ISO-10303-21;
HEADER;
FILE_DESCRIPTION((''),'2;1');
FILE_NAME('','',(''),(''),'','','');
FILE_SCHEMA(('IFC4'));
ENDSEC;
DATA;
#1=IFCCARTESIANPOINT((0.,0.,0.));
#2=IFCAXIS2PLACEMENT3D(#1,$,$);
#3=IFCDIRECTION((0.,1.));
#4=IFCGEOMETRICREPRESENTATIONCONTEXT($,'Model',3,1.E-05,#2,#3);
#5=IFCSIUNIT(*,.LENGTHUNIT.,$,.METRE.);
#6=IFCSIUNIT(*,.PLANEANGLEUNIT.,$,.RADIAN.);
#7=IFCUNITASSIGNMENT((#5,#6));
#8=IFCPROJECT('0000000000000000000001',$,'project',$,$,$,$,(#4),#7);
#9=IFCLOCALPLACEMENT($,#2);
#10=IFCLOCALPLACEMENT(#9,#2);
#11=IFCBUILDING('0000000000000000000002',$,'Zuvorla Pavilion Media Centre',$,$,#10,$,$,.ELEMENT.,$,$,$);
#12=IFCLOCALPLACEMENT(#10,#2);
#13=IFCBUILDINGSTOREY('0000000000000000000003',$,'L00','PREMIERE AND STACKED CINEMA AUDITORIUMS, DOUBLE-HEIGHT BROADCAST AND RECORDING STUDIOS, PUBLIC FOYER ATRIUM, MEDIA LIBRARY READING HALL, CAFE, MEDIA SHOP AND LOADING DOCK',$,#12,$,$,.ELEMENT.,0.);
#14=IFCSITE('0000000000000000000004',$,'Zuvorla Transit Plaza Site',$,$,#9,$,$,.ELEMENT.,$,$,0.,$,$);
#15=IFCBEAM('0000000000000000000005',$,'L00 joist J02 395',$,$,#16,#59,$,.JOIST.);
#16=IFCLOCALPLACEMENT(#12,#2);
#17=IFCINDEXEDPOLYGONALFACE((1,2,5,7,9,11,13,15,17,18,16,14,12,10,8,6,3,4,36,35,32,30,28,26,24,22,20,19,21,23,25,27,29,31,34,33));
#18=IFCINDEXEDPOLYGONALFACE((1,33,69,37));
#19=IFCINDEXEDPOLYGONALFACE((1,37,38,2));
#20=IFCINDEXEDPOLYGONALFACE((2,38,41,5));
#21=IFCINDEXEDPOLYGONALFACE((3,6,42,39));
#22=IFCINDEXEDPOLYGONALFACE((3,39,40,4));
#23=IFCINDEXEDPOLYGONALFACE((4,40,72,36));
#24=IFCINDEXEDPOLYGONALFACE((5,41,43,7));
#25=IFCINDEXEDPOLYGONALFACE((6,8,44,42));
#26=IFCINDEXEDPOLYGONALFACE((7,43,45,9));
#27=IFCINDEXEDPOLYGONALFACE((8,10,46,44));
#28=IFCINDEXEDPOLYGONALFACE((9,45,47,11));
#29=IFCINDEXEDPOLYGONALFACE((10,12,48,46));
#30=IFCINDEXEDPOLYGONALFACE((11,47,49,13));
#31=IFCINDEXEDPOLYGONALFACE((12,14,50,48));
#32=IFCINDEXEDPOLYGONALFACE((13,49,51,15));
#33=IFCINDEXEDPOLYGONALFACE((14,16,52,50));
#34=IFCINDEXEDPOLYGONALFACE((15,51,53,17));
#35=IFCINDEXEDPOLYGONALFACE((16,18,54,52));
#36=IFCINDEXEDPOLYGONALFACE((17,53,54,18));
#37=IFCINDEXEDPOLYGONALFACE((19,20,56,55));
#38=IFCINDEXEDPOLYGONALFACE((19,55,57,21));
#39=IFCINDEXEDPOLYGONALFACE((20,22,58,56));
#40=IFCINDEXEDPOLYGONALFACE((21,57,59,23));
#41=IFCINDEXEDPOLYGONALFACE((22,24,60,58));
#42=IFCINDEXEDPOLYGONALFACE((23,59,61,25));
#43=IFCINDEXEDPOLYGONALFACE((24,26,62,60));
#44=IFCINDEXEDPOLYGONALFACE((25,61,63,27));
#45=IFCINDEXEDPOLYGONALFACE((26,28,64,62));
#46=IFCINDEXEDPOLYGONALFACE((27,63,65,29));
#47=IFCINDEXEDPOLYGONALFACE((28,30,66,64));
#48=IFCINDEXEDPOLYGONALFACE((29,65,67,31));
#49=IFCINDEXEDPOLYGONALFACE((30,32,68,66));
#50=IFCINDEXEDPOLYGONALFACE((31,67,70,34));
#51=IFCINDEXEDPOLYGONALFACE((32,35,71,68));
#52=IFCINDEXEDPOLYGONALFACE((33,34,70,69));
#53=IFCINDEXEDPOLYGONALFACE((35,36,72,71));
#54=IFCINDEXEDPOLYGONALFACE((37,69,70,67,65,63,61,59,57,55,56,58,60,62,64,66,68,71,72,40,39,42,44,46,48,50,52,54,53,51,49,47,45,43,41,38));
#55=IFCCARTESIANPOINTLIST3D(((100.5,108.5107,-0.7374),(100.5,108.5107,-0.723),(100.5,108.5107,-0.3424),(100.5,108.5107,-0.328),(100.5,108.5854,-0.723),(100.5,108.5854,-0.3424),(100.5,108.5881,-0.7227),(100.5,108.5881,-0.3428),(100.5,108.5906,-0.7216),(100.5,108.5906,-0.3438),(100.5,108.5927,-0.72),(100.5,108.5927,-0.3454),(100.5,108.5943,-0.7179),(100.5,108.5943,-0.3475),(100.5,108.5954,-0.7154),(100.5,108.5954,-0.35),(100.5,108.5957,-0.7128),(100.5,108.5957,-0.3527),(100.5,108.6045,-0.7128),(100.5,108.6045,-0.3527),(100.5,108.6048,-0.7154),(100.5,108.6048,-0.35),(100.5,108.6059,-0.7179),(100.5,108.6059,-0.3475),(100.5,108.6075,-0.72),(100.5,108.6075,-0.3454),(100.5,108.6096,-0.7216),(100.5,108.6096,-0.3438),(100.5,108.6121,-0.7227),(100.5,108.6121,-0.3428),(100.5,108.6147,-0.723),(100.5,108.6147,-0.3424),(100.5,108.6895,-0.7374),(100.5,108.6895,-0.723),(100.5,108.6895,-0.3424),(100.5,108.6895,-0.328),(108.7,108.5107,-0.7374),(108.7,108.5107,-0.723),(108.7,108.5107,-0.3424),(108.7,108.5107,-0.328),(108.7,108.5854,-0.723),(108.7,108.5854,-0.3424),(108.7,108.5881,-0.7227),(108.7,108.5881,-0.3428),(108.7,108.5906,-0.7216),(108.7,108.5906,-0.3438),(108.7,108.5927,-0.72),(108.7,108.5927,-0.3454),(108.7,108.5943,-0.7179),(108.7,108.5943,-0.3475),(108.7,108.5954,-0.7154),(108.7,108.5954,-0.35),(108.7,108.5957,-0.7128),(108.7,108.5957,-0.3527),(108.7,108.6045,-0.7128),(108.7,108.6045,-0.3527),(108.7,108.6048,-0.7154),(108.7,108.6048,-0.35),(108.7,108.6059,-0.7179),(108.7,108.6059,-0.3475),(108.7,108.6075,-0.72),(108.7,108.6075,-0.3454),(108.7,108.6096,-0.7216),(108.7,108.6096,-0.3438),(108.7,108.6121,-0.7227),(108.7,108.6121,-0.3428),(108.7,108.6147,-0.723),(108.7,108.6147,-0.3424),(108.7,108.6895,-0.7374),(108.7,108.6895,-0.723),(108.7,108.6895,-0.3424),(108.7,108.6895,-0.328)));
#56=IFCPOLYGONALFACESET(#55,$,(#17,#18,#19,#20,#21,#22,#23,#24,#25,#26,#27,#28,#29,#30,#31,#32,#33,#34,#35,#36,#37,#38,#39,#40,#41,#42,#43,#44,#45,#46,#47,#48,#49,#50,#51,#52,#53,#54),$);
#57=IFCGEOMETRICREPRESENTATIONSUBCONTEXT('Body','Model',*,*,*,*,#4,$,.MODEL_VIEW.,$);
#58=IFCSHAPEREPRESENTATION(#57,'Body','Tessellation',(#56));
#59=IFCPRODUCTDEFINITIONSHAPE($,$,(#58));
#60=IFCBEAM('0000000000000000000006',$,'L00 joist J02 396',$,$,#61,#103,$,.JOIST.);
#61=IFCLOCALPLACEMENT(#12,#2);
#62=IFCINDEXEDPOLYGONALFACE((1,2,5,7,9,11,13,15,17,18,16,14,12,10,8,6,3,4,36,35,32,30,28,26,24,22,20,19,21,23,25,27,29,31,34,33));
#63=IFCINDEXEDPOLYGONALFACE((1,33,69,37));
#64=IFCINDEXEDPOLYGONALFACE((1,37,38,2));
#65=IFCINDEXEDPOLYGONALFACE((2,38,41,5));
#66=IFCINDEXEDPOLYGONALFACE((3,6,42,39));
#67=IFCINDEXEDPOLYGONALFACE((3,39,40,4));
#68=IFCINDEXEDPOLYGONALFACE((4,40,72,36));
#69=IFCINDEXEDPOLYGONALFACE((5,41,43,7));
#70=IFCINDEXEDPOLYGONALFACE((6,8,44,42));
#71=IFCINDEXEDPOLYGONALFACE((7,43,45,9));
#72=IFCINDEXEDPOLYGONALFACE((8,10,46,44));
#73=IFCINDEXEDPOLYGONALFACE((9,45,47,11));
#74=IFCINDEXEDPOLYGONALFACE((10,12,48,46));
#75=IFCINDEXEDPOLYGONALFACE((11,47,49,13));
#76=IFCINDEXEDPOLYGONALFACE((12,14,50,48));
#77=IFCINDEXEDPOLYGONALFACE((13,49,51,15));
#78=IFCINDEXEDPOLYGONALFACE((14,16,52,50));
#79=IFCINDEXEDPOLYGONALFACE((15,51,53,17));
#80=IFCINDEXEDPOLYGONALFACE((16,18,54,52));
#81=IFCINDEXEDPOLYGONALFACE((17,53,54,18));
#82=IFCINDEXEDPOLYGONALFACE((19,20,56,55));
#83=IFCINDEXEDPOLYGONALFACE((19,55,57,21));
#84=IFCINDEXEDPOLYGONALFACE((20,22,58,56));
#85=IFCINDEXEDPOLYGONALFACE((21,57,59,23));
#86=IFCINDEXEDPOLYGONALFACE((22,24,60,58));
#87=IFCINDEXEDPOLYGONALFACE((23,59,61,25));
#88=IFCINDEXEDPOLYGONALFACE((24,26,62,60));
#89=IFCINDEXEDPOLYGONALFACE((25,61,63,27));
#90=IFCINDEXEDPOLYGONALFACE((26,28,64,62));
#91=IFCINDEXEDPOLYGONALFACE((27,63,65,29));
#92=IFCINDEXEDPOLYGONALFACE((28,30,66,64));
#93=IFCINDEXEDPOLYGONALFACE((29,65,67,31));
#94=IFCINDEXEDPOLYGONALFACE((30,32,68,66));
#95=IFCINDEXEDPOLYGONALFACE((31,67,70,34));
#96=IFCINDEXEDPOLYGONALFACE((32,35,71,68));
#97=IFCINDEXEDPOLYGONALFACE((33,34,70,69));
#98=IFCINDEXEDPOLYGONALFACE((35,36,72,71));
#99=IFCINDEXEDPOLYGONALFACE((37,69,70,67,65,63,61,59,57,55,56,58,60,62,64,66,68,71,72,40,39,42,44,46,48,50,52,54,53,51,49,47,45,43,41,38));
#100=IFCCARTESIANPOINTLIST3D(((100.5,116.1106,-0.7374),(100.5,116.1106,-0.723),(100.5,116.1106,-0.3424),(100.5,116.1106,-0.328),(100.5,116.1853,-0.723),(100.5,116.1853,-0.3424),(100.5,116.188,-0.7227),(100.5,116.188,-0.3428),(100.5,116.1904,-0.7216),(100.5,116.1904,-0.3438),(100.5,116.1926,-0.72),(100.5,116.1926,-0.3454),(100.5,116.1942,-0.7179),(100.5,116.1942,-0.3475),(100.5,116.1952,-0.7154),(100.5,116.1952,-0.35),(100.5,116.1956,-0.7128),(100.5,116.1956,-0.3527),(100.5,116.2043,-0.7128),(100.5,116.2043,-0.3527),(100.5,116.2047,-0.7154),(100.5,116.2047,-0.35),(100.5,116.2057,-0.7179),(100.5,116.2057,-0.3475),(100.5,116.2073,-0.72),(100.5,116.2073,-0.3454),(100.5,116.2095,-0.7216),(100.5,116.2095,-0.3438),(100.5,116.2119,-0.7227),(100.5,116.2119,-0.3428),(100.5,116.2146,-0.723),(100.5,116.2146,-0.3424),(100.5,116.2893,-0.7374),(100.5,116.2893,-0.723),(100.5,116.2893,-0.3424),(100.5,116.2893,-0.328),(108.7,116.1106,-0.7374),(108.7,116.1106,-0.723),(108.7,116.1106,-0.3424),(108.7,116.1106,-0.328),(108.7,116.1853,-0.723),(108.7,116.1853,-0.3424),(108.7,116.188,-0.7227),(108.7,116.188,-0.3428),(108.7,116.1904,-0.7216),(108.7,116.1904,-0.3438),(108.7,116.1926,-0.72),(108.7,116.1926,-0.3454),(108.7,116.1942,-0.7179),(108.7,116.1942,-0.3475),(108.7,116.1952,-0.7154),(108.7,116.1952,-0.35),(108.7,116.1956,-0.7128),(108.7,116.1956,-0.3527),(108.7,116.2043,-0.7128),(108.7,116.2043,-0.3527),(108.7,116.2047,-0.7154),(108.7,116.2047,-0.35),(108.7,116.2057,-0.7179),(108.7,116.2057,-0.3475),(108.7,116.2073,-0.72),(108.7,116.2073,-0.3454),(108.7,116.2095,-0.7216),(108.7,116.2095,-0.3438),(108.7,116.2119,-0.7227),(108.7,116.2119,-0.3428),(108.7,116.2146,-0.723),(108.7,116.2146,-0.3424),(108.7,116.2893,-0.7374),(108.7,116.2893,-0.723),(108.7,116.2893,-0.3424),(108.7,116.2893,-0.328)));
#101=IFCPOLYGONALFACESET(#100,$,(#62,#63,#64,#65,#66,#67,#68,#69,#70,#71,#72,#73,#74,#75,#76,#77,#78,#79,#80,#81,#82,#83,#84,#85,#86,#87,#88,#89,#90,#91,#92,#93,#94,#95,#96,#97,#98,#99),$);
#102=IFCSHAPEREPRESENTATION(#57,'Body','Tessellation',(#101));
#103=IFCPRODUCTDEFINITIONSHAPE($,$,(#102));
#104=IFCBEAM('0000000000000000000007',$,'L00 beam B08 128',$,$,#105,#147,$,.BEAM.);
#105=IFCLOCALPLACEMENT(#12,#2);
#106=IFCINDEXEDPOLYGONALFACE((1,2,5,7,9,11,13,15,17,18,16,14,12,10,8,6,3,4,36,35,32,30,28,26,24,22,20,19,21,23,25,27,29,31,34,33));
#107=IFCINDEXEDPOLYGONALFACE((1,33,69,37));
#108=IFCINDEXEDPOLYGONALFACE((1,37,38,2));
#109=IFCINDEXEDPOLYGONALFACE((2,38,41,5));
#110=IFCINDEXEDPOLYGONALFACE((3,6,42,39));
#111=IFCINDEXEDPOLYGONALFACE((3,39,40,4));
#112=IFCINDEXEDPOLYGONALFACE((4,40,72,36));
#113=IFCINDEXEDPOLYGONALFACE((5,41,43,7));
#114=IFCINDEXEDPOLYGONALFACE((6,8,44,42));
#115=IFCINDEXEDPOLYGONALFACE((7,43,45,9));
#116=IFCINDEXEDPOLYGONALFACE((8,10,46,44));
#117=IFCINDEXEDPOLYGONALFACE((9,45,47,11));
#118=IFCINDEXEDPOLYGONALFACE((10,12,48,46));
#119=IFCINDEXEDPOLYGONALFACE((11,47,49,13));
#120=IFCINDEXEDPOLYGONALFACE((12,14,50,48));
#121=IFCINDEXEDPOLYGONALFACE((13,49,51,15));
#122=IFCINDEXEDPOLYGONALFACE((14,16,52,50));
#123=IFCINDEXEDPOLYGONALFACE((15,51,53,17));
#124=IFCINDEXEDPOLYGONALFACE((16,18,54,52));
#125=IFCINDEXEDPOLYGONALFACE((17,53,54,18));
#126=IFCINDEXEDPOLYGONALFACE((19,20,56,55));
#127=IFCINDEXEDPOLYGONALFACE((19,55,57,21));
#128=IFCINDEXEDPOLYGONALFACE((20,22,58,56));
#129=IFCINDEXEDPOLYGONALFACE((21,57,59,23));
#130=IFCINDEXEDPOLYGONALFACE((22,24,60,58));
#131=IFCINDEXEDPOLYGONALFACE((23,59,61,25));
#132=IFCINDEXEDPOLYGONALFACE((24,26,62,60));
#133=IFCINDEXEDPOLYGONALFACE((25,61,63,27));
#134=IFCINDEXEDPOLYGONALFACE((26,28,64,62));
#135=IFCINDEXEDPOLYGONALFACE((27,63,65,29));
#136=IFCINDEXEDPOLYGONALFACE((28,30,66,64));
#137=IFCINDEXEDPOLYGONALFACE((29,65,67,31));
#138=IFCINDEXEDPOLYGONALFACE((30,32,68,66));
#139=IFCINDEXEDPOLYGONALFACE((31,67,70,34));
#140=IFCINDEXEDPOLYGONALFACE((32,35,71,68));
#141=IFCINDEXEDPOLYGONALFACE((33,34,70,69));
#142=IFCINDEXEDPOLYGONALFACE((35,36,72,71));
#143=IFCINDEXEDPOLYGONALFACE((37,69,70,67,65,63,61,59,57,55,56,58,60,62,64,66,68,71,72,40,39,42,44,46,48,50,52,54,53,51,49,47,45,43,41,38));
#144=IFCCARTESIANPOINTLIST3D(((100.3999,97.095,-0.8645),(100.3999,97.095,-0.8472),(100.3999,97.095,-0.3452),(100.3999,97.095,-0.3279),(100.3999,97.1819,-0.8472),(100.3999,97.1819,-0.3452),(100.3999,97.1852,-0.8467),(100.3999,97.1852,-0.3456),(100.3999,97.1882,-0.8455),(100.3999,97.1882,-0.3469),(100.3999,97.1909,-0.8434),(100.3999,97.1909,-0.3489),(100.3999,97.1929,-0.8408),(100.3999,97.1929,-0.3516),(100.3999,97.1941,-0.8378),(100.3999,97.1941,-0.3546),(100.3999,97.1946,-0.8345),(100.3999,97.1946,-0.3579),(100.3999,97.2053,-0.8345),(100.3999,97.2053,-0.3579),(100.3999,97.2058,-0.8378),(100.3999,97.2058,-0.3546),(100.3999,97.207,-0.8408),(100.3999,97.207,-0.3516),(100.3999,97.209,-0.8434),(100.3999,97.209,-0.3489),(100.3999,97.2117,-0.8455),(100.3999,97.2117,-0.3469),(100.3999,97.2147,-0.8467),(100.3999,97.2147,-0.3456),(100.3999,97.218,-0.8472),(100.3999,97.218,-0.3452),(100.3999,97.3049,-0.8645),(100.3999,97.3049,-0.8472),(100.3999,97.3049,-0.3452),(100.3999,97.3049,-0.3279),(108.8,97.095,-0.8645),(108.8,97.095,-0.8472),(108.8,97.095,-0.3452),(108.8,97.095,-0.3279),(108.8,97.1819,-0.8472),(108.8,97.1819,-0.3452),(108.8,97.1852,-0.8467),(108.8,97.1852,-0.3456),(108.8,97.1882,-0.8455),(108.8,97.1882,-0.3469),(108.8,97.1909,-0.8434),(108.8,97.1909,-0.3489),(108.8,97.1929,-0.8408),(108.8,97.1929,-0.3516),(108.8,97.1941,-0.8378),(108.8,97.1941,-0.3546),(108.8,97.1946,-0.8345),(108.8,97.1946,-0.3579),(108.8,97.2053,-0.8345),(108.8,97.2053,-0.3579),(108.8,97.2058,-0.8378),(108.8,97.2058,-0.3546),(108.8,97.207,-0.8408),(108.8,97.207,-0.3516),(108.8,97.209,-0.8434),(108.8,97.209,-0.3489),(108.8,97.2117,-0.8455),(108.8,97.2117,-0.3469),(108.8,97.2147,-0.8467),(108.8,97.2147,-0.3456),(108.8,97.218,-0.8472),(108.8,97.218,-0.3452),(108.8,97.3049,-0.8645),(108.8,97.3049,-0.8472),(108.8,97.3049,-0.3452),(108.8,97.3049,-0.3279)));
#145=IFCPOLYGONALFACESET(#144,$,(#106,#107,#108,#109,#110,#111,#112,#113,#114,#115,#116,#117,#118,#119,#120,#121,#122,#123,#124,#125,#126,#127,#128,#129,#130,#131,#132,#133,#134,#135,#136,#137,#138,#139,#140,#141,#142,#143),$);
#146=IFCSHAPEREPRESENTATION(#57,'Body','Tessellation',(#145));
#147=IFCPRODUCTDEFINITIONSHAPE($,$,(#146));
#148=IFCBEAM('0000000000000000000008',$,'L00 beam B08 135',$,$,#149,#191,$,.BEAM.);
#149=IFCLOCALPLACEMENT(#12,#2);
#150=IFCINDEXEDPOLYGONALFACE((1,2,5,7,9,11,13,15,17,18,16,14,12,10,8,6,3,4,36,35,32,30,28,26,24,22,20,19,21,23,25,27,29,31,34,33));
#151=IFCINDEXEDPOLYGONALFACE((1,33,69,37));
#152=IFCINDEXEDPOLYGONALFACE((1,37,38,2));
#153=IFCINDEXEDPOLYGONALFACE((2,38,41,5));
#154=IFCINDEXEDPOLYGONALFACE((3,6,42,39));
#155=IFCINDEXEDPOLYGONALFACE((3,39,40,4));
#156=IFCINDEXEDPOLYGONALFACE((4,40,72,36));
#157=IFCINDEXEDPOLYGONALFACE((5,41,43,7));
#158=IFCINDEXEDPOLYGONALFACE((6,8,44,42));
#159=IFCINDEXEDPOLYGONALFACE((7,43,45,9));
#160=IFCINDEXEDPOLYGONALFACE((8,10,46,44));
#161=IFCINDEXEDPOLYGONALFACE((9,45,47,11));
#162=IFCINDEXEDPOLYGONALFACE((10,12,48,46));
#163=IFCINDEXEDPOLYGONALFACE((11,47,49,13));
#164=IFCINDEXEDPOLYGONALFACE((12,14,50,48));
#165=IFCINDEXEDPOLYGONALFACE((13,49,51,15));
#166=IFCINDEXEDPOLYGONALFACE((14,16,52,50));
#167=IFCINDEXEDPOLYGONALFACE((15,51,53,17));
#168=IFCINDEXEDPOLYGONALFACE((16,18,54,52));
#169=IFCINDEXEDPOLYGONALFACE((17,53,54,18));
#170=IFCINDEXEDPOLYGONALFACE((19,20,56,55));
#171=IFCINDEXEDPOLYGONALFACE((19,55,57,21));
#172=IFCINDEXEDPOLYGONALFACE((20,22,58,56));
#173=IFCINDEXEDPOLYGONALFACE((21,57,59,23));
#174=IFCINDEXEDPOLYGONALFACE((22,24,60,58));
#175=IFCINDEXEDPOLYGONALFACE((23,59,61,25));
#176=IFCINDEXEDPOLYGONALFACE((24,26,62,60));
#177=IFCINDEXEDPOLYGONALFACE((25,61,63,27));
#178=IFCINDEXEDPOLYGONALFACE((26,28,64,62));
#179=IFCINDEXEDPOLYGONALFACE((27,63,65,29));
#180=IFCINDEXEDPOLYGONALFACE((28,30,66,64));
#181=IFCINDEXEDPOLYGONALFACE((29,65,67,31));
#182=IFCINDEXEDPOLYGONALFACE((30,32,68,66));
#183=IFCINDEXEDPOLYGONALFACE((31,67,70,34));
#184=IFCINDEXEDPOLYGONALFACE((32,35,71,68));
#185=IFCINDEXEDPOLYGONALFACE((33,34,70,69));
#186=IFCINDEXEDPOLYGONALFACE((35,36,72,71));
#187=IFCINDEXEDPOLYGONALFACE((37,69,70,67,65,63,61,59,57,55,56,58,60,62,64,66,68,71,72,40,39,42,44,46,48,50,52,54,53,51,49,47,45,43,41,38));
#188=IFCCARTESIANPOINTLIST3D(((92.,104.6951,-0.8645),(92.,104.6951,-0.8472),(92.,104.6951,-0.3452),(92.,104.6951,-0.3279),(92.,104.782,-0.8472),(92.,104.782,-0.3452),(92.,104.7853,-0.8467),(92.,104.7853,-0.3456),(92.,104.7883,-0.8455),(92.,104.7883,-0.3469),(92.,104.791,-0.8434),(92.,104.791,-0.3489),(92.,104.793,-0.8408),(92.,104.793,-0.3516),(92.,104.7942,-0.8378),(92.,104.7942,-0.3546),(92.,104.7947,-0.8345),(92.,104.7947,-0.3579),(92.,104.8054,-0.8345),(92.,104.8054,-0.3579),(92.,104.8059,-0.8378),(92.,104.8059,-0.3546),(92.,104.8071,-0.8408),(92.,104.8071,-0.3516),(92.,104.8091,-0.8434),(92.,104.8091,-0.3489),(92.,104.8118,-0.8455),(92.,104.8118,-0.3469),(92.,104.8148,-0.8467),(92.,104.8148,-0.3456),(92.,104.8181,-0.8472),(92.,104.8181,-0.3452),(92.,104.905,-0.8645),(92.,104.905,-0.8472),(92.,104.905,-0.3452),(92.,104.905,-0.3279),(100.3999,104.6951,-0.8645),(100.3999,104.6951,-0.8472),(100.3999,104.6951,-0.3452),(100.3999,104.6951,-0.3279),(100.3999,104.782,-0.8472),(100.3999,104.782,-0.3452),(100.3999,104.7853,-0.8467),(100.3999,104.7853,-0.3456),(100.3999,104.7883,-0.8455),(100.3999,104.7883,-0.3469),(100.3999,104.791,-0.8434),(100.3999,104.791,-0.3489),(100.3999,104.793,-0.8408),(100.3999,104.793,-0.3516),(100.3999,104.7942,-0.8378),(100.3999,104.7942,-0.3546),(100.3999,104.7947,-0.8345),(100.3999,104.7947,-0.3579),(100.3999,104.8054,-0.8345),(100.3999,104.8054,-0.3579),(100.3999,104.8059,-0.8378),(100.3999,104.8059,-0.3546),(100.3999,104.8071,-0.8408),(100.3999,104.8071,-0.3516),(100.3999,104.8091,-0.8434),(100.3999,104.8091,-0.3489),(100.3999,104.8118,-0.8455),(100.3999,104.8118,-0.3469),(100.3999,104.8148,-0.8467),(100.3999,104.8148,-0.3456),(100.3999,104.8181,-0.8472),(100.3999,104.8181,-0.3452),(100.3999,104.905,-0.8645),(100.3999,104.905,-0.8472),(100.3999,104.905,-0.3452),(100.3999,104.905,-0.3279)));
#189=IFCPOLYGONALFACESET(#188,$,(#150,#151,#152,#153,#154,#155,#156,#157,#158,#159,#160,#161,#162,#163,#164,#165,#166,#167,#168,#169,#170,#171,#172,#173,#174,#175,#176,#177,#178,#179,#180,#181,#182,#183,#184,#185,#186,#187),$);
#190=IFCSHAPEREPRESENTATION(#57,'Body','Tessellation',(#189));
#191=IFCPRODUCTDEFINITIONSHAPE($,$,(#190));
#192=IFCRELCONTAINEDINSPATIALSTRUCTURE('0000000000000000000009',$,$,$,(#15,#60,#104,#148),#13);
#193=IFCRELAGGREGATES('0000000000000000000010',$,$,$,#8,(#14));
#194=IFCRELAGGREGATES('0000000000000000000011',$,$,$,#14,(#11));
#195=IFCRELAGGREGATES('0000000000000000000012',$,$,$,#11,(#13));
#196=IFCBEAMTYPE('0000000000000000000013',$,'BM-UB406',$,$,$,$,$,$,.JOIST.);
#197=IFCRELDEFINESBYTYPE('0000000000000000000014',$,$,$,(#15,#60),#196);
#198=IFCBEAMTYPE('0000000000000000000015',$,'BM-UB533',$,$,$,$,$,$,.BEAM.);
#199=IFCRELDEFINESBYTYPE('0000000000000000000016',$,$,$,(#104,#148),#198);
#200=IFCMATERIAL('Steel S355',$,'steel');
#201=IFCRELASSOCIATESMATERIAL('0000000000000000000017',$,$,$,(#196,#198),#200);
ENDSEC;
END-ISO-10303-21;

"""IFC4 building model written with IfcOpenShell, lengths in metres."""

from ifc_helpers import new_model, si_unit, direction, frame, origin, origin_2d, place, context, subcontext, project, spatial, i_section, extrude, material, material_profile, profile_set, type_object, element, save


model = new_model("IFC4")

# Units and contexts
model_context = context("Model", 3, precision=1e-05, world=origin(), true_north=direction((0.0, 1.0)))
body_context = subcontext(model_context, "Body", "Model", "MODEL_VIEW")
ifc_project = project(units=[si_unit("LENGTHUNIT", "METRE"), si_unit("PLANEANGLEUNIT", "RADIAN")], contexts=[model_context])

# Site, building, storey
site_placement = place(None, origin())
site = spatial("IfcSite", under=ifc_project, at=site_placement, Name="Zuvorla Transit Plaza Site", CompositionType="ELEMENT", RefElevation=0.0)
building_placement = place(site_placement, origin())
building = spatial("IfcBuilding", under=site, at=building_placement, Name="Zuvorla Pavilion Media Centre", CompositionType="ELEMENT")
storey_placement = place(building_placement, origin())
storey = spatial("IfcBuildingStorey", under=building, at=storey_placement, Name="L00", Description="PREMIERE AND STACKED CINEMA AUDITORIUMS, DOUBLE-HEIGHT BROADCAST AND RECORDING STUDIOS, PUBLIC FOYER ATRIUM, MEDIA LIBRARY READING HALL, CAFE, MEDIA SHOP AND LOADING DOCK", CompositionType="ELEMENT", Elevation=0.0)

# Beams
ifc_material_1 = material(Name="Steel S355", Category="steel")
ifc_material_profile_1 = material_profile(ifc_material_1, i_section(OverallWidth=0.1787, OverallDepth=0.4094, WebThickness=0.0088, FlangeThickness=0.0144, FilletRadius=0.0103, at=origin_2d()), Name="UB 406x178x67")
ifc_profile_set_1 = profile_set([ifc_material_profile_1], Name="Steel S355")
beam_type_1 = type_object("IfcBeamType", Name="BM-UB406", PredefinedType="JOIST", material=ifc_profile_set_1)
for number, where, z_axis, x_axis, name in (
    (1, (100.5, 108.6001, -0.5327), (1.0, 0.0, 0.0), (0.0, 1.0, 0.0), "L00 joist J02 395"),
    (2, (100.5, 116.2, -0.5327), (1.0, 0.0, 0.0), (0.0, 1.0, 0.0), "L00 joist J02 396"),
):
    element("IfcBeam", number, at=place(storey_placement, frame(where, z_axis=z_axis, x_axis=x_axis)), inside=storey, type_object=beam_type_1, Name=name, PredefinedType="JOIST", context=body_context, shape_type="SweptSolid", body=[
        extrude(i_section(OverallWidth=0.1787, OverallDepth=0.4094, WebThickness=0.0088, FlangeThickness=0.0144, FilletRadius=0.0103, at=origin_2d()), origin(), (0.0, 0.0, 1.0), 8.2),
    ])
ifc_material_profile_2 = material_profile(ifc_material_1, i_section(OverallWidth=0.21, OverallDepth=0.5366, WebThickness=0.0107, FlangeThickness=0.0173, FilletRadius=0.0127, at=origin_2d()), Name="UB 533x210x101")
ifc_profile_set_2 = profile_set([ifc_material_profile_2], Name="Steel S355")
beam_type_2 = type_object("IfcBeamType", Name="BM-UB533", PredefinedType="BEAM", material=ifc_profile_set_2)
beam_1_placement = place(storey_placement, frame((100.3999, 97.2, -0.5962), z_axis=(1.0, 0.0, 0.0), x_axis=(0.0, 1.0, 0.0)))
element("IfcBeam", 3, at=beam_1_placement, inside=storey, type_object=beam_type_2, Name="L00 beam B08 128", PredefinedType="BEAM", context=body_context, shape_type="SweptSolid", body=[
    extrude(i_section(OverallWidth=0.21, OverallDepth=0.5366, WebThickness=0.0107, FlangeThickness=0.0173, FilletRadius=0.0127, at=origin_2d()), origin(), (0.0, 0.0, 1.0), 8.4001),
])
beam_2_placement = place(storey_placement, frame((92.0, 104.8, -0.5962), z_axis=(1.0, 0.0, 0.0), x_axis=(0.0, 1.0, 0.0)))
element("IfcBeam", 4, at=beam_2_placement, inside=storey, type_object=beam_type_2, Name="L00 beam B08 135", PredefinedType="BEAM", context=body_context, shape_type="SweptSolid", body=[
    extrude(i_section(OverallWidth=0.21, OverallDepth=0.5366, WebThickness=0.0107, FlangeThickness=0.0173, FilletRadius=0.0127, at=origin_2d()), origin(), (0.0, 0.0, 1.0), 8.3999),
])

save(model, "model.ifc")
